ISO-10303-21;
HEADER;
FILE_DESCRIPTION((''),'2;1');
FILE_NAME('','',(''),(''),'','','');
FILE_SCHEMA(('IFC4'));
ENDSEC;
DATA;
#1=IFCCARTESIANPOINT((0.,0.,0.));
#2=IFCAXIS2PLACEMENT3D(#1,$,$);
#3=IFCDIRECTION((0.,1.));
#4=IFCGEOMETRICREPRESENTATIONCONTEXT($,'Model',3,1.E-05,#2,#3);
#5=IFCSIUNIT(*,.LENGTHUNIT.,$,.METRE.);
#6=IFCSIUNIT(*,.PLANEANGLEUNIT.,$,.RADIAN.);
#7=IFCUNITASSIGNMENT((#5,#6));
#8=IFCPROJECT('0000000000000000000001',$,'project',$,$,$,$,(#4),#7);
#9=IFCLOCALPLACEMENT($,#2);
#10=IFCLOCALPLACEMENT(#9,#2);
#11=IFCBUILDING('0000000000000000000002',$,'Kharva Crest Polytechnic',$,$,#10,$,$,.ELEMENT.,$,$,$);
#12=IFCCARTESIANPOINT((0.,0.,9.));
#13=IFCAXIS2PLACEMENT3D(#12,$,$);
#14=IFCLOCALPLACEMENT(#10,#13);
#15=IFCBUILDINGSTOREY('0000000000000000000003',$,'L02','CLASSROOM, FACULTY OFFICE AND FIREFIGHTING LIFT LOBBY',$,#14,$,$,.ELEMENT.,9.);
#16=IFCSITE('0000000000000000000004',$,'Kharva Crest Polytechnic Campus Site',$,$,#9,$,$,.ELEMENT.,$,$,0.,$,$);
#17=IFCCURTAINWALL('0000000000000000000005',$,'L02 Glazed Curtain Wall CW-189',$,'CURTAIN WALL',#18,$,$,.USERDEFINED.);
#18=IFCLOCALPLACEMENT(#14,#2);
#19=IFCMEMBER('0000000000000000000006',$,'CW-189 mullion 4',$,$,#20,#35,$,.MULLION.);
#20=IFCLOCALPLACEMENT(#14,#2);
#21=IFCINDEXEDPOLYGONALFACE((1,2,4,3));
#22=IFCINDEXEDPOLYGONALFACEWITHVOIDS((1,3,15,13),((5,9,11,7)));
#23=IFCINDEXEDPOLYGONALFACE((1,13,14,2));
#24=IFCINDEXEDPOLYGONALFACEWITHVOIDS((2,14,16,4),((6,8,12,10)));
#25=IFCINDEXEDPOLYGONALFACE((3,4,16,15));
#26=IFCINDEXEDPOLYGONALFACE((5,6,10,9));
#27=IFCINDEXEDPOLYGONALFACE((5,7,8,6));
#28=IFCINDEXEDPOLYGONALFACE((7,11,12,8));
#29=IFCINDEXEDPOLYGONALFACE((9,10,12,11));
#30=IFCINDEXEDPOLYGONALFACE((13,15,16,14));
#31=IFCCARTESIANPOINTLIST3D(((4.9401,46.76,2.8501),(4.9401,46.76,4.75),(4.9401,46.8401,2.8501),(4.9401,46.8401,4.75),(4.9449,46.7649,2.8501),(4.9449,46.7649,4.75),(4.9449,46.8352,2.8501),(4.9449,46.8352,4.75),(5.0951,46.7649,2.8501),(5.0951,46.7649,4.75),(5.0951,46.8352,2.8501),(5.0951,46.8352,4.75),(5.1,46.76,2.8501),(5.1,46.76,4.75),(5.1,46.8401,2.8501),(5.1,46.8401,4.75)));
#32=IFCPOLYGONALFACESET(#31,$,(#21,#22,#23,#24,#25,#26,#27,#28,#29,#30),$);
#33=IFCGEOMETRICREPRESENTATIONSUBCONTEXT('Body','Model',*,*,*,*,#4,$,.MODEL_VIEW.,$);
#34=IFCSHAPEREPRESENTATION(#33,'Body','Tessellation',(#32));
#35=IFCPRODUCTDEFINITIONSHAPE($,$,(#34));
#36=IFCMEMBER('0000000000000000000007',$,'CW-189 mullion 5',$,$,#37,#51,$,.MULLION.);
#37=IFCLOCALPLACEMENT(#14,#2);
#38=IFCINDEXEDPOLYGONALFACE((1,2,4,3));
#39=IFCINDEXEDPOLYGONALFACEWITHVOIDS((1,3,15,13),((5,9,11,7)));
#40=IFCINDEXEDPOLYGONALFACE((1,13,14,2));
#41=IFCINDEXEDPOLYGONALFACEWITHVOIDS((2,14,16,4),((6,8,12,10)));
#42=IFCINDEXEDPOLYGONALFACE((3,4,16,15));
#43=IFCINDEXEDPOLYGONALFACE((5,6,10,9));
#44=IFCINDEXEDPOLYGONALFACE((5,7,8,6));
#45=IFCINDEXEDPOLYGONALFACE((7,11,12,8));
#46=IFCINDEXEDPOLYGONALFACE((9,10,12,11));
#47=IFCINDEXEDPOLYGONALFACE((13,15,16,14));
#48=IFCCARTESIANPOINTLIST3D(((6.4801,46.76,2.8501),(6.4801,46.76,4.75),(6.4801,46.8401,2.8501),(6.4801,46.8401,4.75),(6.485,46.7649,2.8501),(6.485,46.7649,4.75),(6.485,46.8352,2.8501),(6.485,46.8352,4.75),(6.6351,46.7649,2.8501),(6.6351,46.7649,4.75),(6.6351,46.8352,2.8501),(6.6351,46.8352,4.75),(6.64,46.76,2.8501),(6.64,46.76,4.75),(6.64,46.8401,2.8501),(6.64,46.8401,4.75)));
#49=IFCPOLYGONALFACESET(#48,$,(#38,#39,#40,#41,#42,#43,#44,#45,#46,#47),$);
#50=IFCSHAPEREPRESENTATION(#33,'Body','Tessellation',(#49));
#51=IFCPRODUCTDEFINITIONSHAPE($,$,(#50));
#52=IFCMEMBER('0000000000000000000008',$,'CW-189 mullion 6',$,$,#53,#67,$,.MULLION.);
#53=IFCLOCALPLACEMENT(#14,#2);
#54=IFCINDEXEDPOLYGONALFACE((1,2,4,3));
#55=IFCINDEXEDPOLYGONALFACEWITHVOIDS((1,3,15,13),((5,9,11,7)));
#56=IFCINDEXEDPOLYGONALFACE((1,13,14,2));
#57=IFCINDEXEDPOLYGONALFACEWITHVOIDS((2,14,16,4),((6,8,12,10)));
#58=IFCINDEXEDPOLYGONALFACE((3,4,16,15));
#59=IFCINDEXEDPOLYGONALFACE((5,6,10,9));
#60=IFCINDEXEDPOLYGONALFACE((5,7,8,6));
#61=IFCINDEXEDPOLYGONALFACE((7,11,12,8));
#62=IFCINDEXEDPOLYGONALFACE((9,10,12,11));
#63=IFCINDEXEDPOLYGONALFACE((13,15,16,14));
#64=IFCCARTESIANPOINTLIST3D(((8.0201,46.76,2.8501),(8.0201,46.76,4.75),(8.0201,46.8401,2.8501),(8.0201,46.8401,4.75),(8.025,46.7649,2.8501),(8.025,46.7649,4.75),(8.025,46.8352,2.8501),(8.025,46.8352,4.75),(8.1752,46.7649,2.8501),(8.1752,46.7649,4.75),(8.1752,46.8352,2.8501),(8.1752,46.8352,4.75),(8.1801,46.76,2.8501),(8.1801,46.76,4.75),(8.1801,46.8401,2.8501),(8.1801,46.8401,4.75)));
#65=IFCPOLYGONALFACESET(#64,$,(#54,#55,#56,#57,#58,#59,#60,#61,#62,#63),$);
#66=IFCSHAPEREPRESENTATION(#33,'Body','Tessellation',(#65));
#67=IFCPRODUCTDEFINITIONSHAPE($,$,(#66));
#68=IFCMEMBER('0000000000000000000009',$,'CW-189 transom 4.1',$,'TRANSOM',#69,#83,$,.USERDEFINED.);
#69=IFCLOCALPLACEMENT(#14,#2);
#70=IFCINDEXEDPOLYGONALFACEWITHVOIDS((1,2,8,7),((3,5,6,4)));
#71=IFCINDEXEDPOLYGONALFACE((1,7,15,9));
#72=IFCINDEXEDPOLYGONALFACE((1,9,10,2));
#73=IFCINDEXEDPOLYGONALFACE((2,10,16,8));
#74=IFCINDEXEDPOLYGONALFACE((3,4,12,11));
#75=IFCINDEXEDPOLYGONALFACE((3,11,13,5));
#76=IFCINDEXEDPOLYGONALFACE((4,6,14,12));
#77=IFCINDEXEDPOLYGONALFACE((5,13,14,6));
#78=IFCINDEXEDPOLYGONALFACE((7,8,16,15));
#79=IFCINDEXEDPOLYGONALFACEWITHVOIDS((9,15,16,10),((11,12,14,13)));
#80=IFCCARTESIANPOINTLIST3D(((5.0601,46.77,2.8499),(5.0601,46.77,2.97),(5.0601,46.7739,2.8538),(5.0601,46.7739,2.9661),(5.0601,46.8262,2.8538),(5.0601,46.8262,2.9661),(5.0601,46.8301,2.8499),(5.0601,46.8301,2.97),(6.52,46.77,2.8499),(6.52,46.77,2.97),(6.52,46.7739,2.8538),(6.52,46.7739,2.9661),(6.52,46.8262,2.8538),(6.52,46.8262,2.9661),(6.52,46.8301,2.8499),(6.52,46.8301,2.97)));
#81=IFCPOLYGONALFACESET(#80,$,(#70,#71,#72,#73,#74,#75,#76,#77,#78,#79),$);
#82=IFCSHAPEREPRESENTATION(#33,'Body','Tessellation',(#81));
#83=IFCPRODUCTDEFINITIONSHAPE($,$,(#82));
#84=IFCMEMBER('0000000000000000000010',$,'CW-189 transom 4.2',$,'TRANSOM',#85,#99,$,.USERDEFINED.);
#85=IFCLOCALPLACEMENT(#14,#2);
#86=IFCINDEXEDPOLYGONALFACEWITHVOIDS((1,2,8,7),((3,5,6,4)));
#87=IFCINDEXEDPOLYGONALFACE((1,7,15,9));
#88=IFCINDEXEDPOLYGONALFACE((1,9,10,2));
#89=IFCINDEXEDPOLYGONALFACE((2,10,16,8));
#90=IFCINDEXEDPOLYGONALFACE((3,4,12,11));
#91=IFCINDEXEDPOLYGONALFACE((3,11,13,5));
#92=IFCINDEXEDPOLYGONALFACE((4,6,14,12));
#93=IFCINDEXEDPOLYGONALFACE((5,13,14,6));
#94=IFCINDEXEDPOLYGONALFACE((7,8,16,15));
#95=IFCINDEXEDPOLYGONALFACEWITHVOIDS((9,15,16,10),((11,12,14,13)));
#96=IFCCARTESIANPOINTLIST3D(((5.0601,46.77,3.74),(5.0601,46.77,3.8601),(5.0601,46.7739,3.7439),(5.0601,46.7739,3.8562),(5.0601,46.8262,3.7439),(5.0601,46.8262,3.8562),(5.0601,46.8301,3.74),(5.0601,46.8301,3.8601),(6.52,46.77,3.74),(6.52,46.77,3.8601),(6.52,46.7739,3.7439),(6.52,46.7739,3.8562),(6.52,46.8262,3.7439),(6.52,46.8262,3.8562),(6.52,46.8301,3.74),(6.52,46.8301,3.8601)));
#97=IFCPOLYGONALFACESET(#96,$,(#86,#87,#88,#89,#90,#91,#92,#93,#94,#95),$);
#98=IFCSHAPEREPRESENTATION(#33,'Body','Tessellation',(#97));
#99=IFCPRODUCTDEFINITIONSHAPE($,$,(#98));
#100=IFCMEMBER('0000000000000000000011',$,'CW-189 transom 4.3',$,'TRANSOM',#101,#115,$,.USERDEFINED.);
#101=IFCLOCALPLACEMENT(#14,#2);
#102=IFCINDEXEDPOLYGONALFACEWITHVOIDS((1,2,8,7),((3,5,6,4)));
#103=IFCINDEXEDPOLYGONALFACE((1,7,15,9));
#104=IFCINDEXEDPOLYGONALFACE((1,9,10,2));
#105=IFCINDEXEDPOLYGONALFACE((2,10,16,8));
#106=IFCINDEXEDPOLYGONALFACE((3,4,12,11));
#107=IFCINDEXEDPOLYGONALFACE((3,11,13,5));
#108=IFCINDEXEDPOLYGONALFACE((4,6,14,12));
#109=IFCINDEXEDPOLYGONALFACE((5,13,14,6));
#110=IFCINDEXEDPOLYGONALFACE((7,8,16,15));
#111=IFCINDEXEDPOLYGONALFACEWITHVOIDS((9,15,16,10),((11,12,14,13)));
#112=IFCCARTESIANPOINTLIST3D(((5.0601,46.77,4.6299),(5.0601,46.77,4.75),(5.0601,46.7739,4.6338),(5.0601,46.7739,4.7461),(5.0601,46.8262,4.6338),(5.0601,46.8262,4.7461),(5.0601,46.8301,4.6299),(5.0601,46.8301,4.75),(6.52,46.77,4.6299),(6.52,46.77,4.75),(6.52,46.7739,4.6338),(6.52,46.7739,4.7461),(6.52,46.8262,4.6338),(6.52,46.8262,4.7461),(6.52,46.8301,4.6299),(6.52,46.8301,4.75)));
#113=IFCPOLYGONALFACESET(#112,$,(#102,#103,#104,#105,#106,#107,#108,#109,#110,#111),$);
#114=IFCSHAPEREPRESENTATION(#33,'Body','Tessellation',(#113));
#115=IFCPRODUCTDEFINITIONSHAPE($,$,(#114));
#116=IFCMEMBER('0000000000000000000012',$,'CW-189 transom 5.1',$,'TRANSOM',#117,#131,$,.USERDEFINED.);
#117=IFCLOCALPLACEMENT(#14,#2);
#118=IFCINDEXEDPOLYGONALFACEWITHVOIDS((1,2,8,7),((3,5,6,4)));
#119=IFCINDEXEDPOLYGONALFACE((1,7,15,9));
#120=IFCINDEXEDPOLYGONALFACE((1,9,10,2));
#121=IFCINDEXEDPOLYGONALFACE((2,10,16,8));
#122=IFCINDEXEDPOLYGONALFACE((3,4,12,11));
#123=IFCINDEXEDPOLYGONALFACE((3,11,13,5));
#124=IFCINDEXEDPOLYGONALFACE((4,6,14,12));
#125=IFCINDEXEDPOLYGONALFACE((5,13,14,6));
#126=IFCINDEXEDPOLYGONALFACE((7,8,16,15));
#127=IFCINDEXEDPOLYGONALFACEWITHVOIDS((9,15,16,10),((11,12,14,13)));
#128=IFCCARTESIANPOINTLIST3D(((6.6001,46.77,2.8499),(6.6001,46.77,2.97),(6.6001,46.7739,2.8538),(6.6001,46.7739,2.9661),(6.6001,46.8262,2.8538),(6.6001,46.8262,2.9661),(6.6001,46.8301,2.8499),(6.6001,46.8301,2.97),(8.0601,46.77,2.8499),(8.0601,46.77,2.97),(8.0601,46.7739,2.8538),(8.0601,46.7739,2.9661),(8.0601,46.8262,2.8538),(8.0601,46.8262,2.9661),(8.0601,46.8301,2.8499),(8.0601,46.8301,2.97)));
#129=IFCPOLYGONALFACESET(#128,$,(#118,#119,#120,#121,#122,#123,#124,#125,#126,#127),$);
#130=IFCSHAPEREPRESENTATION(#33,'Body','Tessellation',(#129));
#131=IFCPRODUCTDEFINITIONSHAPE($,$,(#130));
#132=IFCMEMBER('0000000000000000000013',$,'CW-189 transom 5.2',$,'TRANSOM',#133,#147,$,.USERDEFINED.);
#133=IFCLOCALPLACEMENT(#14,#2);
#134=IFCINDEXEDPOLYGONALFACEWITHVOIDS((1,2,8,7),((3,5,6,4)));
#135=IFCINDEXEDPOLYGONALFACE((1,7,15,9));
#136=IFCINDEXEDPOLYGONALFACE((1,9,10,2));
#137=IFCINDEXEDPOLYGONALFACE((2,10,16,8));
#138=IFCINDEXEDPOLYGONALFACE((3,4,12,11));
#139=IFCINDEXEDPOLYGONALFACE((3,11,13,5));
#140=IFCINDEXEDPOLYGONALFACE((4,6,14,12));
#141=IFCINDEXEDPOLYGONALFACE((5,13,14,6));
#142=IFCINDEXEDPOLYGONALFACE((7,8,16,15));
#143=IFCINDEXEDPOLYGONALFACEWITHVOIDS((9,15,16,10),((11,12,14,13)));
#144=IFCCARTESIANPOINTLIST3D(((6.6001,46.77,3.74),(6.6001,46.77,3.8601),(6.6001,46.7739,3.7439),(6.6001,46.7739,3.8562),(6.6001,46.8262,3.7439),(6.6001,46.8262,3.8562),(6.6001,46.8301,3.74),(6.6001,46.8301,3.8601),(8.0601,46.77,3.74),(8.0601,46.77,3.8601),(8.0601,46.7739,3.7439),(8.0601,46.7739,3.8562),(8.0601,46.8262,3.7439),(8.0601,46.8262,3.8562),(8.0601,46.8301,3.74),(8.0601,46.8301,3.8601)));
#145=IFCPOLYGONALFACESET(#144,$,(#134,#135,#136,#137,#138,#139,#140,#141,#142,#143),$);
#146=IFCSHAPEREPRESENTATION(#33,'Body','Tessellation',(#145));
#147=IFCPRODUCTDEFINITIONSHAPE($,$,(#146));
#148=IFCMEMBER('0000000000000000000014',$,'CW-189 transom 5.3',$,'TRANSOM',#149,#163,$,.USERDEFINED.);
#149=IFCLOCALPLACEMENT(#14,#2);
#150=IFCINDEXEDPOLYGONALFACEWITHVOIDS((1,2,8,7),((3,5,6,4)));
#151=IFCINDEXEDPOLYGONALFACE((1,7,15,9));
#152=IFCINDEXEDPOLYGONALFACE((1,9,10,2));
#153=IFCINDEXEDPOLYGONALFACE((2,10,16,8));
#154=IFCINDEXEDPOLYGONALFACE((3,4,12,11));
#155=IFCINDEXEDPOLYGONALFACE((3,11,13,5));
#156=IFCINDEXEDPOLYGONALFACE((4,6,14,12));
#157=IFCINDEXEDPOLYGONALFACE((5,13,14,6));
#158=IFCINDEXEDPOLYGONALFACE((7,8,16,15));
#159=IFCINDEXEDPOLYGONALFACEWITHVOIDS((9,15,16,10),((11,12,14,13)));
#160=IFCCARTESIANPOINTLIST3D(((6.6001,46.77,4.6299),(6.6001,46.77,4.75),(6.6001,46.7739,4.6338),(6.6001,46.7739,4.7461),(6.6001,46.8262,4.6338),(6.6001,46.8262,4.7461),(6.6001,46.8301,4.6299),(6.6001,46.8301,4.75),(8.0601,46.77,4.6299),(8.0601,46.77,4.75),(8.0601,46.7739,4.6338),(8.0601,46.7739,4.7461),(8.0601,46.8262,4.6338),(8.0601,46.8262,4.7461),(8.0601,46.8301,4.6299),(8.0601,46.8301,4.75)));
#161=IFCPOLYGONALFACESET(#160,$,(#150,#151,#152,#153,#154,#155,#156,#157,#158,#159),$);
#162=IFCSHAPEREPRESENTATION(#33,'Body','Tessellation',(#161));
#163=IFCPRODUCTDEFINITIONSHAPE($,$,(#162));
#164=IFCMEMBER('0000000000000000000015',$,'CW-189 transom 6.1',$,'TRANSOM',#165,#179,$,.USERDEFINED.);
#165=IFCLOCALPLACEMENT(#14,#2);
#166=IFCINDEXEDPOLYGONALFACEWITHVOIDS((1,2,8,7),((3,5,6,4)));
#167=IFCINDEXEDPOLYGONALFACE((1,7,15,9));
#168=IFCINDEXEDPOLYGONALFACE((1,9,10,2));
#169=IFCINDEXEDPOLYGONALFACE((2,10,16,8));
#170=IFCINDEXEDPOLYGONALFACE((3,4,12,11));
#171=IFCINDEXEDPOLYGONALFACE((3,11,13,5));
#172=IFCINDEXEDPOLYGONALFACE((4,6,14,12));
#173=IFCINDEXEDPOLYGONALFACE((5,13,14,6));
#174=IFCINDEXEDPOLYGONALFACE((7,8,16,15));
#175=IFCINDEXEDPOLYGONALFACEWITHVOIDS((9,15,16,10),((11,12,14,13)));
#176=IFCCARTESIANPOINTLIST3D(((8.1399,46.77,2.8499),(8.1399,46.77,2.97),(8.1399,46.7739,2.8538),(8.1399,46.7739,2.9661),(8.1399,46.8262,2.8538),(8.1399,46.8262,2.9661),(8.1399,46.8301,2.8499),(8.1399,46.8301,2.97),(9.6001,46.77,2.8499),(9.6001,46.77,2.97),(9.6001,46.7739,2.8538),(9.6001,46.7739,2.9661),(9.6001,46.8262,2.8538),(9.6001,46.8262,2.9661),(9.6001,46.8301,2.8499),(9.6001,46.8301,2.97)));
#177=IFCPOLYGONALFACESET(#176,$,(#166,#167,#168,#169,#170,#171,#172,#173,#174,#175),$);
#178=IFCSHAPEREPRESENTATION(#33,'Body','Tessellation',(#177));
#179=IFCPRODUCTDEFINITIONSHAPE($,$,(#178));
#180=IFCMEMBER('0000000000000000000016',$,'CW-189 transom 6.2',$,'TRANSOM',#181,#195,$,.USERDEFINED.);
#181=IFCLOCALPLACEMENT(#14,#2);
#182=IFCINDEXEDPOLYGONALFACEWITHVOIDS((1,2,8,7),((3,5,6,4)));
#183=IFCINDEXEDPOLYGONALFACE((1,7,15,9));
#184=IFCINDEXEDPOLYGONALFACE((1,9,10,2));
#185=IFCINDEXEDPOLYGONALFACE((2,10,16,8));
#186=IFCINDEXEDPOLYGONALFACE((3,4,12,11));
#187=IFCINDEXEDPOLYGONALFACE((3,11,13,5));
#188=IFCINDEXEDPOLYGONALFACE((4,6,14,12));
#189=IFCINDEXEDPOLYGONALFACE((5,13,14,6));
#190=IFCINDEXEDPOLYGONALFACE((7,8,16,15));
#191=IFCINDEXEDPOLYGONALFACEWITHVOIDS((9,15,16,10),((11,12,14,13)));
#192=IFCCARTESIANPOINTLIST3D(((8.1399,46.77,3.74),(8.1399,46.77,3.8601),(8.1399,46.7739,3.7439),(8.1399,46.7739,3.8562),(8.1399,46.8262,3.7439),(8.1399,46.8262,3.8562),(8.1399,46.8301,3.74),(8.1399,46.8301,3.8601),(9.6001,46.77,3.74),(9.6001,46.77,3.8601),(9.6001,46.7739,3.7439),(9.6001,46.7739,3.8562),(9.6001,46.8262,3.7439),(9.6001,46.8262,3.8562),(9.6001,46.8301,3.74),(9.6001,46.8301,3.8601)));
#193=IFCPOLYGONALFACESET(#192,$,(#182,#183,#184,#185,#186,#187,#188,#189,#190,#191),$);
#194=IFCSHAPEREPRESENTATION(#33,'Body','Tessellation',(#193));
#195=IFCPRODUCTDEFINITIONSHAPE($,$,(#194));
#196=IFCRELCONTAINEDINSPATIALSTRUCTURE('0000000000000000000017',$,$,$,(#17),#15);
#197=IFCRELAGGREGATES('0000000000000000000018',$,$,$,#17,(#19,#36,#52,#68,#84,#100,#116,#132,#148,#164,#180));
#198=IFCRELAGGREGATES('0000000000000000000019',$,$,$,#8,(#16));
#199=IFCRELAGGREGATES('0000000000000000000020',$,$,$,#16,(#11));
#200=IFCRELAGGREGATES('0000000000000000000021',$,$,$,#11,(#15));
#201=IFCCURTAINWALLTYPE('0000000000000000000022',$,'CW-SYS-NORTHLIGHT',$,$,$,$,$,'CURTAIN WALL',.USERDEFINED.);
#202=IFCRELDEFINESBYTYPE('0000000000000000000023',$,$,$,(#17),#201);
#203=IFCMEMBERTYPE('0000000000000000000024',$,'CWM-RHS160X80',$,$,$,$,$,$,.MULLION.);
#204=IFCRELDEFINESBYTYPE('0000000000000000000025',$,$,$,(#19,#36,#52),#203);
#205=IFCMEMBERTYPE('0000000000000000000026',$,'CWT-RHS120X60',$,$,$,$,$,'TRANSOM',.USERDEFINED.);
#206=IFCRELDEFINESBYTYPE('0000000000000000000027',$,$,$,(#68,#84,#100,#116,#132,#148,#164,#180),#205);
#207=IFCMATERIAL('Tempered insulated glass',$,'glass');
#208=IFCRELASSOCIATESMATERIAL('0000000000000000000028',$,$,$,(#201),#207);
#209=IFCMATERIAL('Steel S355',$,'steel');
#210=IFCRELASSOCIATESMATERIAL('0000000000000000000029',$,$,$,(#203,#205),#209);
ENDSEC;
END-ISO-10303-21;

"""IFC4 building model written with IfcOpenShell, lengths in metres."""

from ifc_helpers import new_model, si_unit, direction, frame, origin, origin_2d, place, context, subcontext, project, spatial, hollow_rectangle, extrude, material, material_profile, profile_set, type_object, element, aggregate, save


model = new_model("IFC4")

# Units and contexts
model_context = context("Model", 3, precision=1e-05, world=origin(), true_north=direction((0.0, 1.0)))
body_context = subcontext(model_context, "Body", "Model", "MODEL_VIEW")
ifc_project = project(units=[si_unit("LENGTHUNIT", "METRE"), si_unit("PLANEANGLEUNIT", "RADIAN")], contexts=[model_context])

# Site, building, storey
site_placement = place(None, origin())
site = spatial("IfcSite", under=ifc_project, at=site_placement, Name="Kharva Crest Polytechnic Campus Site", CompositionType="ELEMENT", RefElevation=0.0)
building_placement = place(site_placement, origin())
building = spatial("IfcBuilding", under=site, at=building_placement, Name="Kharva Crest Polytechnic", CompositionType="ELEMENT")
storey_placement = place(building_placement, frame((0.0, 0.0, 9.0)))
storey = spatial("IfcBuildingStorey", under=building, at=storey_placement, Name="L02", Description="CLASSROOM, FACULTY OFFICE AND FIREFIGHTING LIFT LOBBY", CompositionType="ELEMENT", Elevation=9.0)

# Curtain wall, members
ifc_material_1 = material(Name="Tempered insulated glass", Category="glass")
curtain_wall_type = type_object("IfcCurtainWallType", Name="CW-SYS-NORTHLIGHT", ElementType="CURTAIN WALL", PredefinedType="USERDEFINED", material=ifc_material_1)
curtain_wall_placement = place(storey_placement, origin())
curtain_wall = element("IfcCurtainWall", 1, at=curtain_wall_placement, inside=storey, type_object=curtain_wall_type, Name="L02 Glazed Curtain Wall CW-189", ObjectType="CURTAIN WALL", PredefinedType="USERDEFINED")
ifc_material_2 = material(Name="Steel S355", Category="steel")
ifc_material_profile_1 = material_profile(ifc_material_2, hollow_rectangle(XDim=0.0801, YDim=0.1599, WallThickness=0.0049, at=origin_2d()), Name="RHS 160X80X5.0")
ifc_profile_set_1 = profile_set([ifc_material_profile_1], Name="Steel S355")
member_type_1 = type_object("IfcMemberType", Name="CWM-RHS160X80", PredefinedType="MULLION", material=ifc_profile_set_1)
member_1_placement = place(storey_placement, frame((5.02, 46.8, 2.8501), z_axis=(0.0, 0.0, 1.0), x_axis=(0.0, 1.0, 0.0)))
member_1 = element("IfcMember", 2, at=member_1_placement, type_object=member_type_1, Name="CW-189 mullion 4", PredefinedType="MULLION", context=body_context, shape_type="SweptSolid", body=[
    extrude(hollow_rectangle(XDim=0.0801, YDim=0.1599, WallThickness=0.0049, at=origin_2d()), origin(), (0.0, 0.0, 1.0), 1.8999),
])
member_2_placement = place(storey_placement, frame((6.5601, 46.8, 2.8501), z_axis=(0.0, 0.0, 1.0), x_axis=(0.0, 1.0, 0.0)))
member_2 = element("IfcMember", 3, at=member_2_placement, type_object=member_type_1, Name="CW-189 mullion 5", PredefinedType="MULLION", context=body_context, shape_type="SweptSolid", body=[
    extrude(hollow_rectangle(XDim=0.0801, YDim=0.1599, WallThickness=0.0049, at=origin_2d()), origin(), (0.0, 0.0, 1.0), 1.8999),
])
member_3_placement = place(storey_placement, frame((8.1001, 46.8, 2.8501), z_axis=(0.0, 0.0, 1.0), x_axis=(0.0, 1.0, 0.0)))
member_3 = element("IfcMember", 4, at=member_3_placement, type_object=member_type_1, Name="CW-189 mullion 6", PredefinedType="MULLION", context=body_context, shape_type="SweptSolid", body=[
    extrude(hollow_rectangle(XDim=0.0801, YDim=0.1599, WallThickness=0.0049, at=origin_2d()), origin(), (0.0, 0.0, 1.0), 1.8999),
])
ifc_material_profile_2 = material_profile(ifc_material_2, hollow_rectangle(XDim=0.0601, YDim=0.1201, WallThickness=0.0039, at=origin_2d()), Name="RHS 120X60X4.0")
ifc_profile_set_2 = profile_set([ifc_material_profile_2], Name="Steel S355")
member_type_2 = type_object("IfcMemberType", Name="CWT-RHS120X60", ElementType="TRANSOM", PredefinedType="USERDEFINED", material=ifc_profile_set_2)
member_4_placement = place(storey_placement, frame((5.0601, 46.8, 2.9099), z_axis=(1.0, 0.0, 0.0), x_axis=(0.0, 1.0, 0.0)))
member_4 = element("IfcMember", 5, at=member_4_placement, type_object=member_type_2, Name="CW-189 transom 4.1", ObjectType="TRANSOM", PredefinedType="USERDEFINED", context=body_context, shape_type="SweptSolid", body=[
    extrude(hollow_rectangle(XDim=0.0601, YDim=0.1201, WallThickness=0.0039, at=origin_2d()), origin(), (0.0, 0.0, 1.0), 1.46),
])
member_5_placement = place(storey_placement, frame((5.0601, 46.8, 3.8), z_axis=(1.0, 0.0, 0.0), x_axis=(0.0, 1.0, 0.0)))
member_5 = element("IfcMember", 6, at=member_5_placement, type_object=member_type_2, Name="CW-189 transom 4.2", ObjectType="TRANSOM", PredefinedType="USERDEFINED", context=body_context, shape_type="SweptSolid", body=[
    extrude(hollow_rectangle(XDim=0.0601, YDim=0.1201, WallThickness=0.0039, at=origin_2d()), origin(), (0.0, 0.0, 1.0), 1.46),
])
member_6_placement = place(storey_placement, frame((5.0601, 46.8, 4.6899), z_axis=(1.0, 0.0, 0.0), x_axis=(0.0, 1.0, 0.0)))
member_6 = element("IfcMember", 7, at=member_6_placement, type_object=member_type_2, Name="CW-189 transom 4.3", ObjectType="TRANSOM", PredefinedType="USERDEFINED", context=body_context, shape_type="SweptSolid", body=[
    extrude(hollow_rectangle(XDim=0.0601, YDim=0.1201, WallThickness=0.0039, at=origin_2d()), origin(), (0.0, 0.0, 1.0), 1.46),
])
member_7_placement = place(storey_placement, frame((6.6001, 46.8, 2.9099), z_axis=(1.0, 0.0, 0.0), x_axis=(0.0, 1.0, 0.0)))
member_7 = element("IfcMember", 8, at=member_7_placement, type_object=member_type_2, Name="CW-189 transom 5.1", ObjectType="TRANSOM", PredefinedType="USERDEFINED", context=body_context, shape_type="SweptSolid", body=[
    extrude(hollow_rectangle(XDim=0.0601, YDim=0.1201, WallThickness=0.0039, at=origin_2d()), origin(), (0.0, 0.0, 1.0), 1.46),
])
member_8_placement = place(storey_placement, frame((6.6001, 46.8, 3.8), z_axis=(1.0, 0.0, 0.0), x_axis=(0.0, 1.0, 0.0)))
member_8 = element("IfcMember", 9, at=member_8_placement, type_object=member_type_2, Name="CW-189 transom 5.2", ObjectType="TRANSOM", PredefinedType="USERDEFINED", context=body_context, shape_type="SweptSolid", body=[
    extrude(hollow_rectangle(XDim=0.0601, YDim=0.1201, WallThickness=0.0039, at=origin_2d()), origin(), (0.0, 0.0, 1.0), 1.46),
])
member_9_placement = place(storey_placement, frame((6.6001, 46.8, 4.6899), z_axis=(1.0, 0.0, 0.0), x_axis=(0.0, 1.0, 0.0)))
member_9 = element("IfcMember", 10, at=member_9_placement, type_object=member_type_2, Name="CW-189 transom 5.3", ObjectType="TRANSOM", PredefinedType="USERDEFINED", context=body_context, shape_type="SweptSolid", body=[
    extrude(hollow_rectangle(XDim=0.0601, YDim=0.1201, WallThickness=0.0039, at=origin_2d()), origin(), (0.0, 0.0, 1.0), 1.46),
])
member_10_placement = place(storey_placement, frame((8.1399, 46.8, 2.9099), z_axis=(1.0, 0.0, 0.0), x_axis=(0.0, 1.0, 0.0)))
member_10 = element("IfcMember", 11, at=member_10_placement, type_object=member_type_2, Name="CW-189 transom 6.1", ObjectType="TRANSOM", PredefinedType="USERDEFINED", context=body_context, shape_type="SweptSolid", body=[
    extrude(hollow_rectangle(XDim=0.0601, YDim=0.1201, WallThickness=0.0039, at=origin_2d()), origin(), (0.0, 0.0, 1.0), 1.4602),
])
member_11_placement = place(storey_placement, frame((8.1399, 46.8, 3.8), z_axis=(1.0, 0.0, 0.0), x_axis=(0.0, 1.0, 0.0)))
member_11 = element("IfcMember", 12, at=member_11_placement, type_object=member_type_2, Name="CW-189 transom 6.2", ObjectType="TRANSOM", PredefinedType="USERDEFINED", context=body_context, shape_type="SweptSolid", body=[
    extrude(hollow_rectangle(XDim=0.0601, YDim=0.1201, WallThickness=0.0039, at=origin_2d()), origin(), (0.0, 0.0, 1.0), 1.4602),
])

aggregate(curtain_wall, [member_1, member_2, member_3, member_4, member_5, member_6, member_7, member_8, member_9, member_10, member_11])

save(model, "model.ifc")
